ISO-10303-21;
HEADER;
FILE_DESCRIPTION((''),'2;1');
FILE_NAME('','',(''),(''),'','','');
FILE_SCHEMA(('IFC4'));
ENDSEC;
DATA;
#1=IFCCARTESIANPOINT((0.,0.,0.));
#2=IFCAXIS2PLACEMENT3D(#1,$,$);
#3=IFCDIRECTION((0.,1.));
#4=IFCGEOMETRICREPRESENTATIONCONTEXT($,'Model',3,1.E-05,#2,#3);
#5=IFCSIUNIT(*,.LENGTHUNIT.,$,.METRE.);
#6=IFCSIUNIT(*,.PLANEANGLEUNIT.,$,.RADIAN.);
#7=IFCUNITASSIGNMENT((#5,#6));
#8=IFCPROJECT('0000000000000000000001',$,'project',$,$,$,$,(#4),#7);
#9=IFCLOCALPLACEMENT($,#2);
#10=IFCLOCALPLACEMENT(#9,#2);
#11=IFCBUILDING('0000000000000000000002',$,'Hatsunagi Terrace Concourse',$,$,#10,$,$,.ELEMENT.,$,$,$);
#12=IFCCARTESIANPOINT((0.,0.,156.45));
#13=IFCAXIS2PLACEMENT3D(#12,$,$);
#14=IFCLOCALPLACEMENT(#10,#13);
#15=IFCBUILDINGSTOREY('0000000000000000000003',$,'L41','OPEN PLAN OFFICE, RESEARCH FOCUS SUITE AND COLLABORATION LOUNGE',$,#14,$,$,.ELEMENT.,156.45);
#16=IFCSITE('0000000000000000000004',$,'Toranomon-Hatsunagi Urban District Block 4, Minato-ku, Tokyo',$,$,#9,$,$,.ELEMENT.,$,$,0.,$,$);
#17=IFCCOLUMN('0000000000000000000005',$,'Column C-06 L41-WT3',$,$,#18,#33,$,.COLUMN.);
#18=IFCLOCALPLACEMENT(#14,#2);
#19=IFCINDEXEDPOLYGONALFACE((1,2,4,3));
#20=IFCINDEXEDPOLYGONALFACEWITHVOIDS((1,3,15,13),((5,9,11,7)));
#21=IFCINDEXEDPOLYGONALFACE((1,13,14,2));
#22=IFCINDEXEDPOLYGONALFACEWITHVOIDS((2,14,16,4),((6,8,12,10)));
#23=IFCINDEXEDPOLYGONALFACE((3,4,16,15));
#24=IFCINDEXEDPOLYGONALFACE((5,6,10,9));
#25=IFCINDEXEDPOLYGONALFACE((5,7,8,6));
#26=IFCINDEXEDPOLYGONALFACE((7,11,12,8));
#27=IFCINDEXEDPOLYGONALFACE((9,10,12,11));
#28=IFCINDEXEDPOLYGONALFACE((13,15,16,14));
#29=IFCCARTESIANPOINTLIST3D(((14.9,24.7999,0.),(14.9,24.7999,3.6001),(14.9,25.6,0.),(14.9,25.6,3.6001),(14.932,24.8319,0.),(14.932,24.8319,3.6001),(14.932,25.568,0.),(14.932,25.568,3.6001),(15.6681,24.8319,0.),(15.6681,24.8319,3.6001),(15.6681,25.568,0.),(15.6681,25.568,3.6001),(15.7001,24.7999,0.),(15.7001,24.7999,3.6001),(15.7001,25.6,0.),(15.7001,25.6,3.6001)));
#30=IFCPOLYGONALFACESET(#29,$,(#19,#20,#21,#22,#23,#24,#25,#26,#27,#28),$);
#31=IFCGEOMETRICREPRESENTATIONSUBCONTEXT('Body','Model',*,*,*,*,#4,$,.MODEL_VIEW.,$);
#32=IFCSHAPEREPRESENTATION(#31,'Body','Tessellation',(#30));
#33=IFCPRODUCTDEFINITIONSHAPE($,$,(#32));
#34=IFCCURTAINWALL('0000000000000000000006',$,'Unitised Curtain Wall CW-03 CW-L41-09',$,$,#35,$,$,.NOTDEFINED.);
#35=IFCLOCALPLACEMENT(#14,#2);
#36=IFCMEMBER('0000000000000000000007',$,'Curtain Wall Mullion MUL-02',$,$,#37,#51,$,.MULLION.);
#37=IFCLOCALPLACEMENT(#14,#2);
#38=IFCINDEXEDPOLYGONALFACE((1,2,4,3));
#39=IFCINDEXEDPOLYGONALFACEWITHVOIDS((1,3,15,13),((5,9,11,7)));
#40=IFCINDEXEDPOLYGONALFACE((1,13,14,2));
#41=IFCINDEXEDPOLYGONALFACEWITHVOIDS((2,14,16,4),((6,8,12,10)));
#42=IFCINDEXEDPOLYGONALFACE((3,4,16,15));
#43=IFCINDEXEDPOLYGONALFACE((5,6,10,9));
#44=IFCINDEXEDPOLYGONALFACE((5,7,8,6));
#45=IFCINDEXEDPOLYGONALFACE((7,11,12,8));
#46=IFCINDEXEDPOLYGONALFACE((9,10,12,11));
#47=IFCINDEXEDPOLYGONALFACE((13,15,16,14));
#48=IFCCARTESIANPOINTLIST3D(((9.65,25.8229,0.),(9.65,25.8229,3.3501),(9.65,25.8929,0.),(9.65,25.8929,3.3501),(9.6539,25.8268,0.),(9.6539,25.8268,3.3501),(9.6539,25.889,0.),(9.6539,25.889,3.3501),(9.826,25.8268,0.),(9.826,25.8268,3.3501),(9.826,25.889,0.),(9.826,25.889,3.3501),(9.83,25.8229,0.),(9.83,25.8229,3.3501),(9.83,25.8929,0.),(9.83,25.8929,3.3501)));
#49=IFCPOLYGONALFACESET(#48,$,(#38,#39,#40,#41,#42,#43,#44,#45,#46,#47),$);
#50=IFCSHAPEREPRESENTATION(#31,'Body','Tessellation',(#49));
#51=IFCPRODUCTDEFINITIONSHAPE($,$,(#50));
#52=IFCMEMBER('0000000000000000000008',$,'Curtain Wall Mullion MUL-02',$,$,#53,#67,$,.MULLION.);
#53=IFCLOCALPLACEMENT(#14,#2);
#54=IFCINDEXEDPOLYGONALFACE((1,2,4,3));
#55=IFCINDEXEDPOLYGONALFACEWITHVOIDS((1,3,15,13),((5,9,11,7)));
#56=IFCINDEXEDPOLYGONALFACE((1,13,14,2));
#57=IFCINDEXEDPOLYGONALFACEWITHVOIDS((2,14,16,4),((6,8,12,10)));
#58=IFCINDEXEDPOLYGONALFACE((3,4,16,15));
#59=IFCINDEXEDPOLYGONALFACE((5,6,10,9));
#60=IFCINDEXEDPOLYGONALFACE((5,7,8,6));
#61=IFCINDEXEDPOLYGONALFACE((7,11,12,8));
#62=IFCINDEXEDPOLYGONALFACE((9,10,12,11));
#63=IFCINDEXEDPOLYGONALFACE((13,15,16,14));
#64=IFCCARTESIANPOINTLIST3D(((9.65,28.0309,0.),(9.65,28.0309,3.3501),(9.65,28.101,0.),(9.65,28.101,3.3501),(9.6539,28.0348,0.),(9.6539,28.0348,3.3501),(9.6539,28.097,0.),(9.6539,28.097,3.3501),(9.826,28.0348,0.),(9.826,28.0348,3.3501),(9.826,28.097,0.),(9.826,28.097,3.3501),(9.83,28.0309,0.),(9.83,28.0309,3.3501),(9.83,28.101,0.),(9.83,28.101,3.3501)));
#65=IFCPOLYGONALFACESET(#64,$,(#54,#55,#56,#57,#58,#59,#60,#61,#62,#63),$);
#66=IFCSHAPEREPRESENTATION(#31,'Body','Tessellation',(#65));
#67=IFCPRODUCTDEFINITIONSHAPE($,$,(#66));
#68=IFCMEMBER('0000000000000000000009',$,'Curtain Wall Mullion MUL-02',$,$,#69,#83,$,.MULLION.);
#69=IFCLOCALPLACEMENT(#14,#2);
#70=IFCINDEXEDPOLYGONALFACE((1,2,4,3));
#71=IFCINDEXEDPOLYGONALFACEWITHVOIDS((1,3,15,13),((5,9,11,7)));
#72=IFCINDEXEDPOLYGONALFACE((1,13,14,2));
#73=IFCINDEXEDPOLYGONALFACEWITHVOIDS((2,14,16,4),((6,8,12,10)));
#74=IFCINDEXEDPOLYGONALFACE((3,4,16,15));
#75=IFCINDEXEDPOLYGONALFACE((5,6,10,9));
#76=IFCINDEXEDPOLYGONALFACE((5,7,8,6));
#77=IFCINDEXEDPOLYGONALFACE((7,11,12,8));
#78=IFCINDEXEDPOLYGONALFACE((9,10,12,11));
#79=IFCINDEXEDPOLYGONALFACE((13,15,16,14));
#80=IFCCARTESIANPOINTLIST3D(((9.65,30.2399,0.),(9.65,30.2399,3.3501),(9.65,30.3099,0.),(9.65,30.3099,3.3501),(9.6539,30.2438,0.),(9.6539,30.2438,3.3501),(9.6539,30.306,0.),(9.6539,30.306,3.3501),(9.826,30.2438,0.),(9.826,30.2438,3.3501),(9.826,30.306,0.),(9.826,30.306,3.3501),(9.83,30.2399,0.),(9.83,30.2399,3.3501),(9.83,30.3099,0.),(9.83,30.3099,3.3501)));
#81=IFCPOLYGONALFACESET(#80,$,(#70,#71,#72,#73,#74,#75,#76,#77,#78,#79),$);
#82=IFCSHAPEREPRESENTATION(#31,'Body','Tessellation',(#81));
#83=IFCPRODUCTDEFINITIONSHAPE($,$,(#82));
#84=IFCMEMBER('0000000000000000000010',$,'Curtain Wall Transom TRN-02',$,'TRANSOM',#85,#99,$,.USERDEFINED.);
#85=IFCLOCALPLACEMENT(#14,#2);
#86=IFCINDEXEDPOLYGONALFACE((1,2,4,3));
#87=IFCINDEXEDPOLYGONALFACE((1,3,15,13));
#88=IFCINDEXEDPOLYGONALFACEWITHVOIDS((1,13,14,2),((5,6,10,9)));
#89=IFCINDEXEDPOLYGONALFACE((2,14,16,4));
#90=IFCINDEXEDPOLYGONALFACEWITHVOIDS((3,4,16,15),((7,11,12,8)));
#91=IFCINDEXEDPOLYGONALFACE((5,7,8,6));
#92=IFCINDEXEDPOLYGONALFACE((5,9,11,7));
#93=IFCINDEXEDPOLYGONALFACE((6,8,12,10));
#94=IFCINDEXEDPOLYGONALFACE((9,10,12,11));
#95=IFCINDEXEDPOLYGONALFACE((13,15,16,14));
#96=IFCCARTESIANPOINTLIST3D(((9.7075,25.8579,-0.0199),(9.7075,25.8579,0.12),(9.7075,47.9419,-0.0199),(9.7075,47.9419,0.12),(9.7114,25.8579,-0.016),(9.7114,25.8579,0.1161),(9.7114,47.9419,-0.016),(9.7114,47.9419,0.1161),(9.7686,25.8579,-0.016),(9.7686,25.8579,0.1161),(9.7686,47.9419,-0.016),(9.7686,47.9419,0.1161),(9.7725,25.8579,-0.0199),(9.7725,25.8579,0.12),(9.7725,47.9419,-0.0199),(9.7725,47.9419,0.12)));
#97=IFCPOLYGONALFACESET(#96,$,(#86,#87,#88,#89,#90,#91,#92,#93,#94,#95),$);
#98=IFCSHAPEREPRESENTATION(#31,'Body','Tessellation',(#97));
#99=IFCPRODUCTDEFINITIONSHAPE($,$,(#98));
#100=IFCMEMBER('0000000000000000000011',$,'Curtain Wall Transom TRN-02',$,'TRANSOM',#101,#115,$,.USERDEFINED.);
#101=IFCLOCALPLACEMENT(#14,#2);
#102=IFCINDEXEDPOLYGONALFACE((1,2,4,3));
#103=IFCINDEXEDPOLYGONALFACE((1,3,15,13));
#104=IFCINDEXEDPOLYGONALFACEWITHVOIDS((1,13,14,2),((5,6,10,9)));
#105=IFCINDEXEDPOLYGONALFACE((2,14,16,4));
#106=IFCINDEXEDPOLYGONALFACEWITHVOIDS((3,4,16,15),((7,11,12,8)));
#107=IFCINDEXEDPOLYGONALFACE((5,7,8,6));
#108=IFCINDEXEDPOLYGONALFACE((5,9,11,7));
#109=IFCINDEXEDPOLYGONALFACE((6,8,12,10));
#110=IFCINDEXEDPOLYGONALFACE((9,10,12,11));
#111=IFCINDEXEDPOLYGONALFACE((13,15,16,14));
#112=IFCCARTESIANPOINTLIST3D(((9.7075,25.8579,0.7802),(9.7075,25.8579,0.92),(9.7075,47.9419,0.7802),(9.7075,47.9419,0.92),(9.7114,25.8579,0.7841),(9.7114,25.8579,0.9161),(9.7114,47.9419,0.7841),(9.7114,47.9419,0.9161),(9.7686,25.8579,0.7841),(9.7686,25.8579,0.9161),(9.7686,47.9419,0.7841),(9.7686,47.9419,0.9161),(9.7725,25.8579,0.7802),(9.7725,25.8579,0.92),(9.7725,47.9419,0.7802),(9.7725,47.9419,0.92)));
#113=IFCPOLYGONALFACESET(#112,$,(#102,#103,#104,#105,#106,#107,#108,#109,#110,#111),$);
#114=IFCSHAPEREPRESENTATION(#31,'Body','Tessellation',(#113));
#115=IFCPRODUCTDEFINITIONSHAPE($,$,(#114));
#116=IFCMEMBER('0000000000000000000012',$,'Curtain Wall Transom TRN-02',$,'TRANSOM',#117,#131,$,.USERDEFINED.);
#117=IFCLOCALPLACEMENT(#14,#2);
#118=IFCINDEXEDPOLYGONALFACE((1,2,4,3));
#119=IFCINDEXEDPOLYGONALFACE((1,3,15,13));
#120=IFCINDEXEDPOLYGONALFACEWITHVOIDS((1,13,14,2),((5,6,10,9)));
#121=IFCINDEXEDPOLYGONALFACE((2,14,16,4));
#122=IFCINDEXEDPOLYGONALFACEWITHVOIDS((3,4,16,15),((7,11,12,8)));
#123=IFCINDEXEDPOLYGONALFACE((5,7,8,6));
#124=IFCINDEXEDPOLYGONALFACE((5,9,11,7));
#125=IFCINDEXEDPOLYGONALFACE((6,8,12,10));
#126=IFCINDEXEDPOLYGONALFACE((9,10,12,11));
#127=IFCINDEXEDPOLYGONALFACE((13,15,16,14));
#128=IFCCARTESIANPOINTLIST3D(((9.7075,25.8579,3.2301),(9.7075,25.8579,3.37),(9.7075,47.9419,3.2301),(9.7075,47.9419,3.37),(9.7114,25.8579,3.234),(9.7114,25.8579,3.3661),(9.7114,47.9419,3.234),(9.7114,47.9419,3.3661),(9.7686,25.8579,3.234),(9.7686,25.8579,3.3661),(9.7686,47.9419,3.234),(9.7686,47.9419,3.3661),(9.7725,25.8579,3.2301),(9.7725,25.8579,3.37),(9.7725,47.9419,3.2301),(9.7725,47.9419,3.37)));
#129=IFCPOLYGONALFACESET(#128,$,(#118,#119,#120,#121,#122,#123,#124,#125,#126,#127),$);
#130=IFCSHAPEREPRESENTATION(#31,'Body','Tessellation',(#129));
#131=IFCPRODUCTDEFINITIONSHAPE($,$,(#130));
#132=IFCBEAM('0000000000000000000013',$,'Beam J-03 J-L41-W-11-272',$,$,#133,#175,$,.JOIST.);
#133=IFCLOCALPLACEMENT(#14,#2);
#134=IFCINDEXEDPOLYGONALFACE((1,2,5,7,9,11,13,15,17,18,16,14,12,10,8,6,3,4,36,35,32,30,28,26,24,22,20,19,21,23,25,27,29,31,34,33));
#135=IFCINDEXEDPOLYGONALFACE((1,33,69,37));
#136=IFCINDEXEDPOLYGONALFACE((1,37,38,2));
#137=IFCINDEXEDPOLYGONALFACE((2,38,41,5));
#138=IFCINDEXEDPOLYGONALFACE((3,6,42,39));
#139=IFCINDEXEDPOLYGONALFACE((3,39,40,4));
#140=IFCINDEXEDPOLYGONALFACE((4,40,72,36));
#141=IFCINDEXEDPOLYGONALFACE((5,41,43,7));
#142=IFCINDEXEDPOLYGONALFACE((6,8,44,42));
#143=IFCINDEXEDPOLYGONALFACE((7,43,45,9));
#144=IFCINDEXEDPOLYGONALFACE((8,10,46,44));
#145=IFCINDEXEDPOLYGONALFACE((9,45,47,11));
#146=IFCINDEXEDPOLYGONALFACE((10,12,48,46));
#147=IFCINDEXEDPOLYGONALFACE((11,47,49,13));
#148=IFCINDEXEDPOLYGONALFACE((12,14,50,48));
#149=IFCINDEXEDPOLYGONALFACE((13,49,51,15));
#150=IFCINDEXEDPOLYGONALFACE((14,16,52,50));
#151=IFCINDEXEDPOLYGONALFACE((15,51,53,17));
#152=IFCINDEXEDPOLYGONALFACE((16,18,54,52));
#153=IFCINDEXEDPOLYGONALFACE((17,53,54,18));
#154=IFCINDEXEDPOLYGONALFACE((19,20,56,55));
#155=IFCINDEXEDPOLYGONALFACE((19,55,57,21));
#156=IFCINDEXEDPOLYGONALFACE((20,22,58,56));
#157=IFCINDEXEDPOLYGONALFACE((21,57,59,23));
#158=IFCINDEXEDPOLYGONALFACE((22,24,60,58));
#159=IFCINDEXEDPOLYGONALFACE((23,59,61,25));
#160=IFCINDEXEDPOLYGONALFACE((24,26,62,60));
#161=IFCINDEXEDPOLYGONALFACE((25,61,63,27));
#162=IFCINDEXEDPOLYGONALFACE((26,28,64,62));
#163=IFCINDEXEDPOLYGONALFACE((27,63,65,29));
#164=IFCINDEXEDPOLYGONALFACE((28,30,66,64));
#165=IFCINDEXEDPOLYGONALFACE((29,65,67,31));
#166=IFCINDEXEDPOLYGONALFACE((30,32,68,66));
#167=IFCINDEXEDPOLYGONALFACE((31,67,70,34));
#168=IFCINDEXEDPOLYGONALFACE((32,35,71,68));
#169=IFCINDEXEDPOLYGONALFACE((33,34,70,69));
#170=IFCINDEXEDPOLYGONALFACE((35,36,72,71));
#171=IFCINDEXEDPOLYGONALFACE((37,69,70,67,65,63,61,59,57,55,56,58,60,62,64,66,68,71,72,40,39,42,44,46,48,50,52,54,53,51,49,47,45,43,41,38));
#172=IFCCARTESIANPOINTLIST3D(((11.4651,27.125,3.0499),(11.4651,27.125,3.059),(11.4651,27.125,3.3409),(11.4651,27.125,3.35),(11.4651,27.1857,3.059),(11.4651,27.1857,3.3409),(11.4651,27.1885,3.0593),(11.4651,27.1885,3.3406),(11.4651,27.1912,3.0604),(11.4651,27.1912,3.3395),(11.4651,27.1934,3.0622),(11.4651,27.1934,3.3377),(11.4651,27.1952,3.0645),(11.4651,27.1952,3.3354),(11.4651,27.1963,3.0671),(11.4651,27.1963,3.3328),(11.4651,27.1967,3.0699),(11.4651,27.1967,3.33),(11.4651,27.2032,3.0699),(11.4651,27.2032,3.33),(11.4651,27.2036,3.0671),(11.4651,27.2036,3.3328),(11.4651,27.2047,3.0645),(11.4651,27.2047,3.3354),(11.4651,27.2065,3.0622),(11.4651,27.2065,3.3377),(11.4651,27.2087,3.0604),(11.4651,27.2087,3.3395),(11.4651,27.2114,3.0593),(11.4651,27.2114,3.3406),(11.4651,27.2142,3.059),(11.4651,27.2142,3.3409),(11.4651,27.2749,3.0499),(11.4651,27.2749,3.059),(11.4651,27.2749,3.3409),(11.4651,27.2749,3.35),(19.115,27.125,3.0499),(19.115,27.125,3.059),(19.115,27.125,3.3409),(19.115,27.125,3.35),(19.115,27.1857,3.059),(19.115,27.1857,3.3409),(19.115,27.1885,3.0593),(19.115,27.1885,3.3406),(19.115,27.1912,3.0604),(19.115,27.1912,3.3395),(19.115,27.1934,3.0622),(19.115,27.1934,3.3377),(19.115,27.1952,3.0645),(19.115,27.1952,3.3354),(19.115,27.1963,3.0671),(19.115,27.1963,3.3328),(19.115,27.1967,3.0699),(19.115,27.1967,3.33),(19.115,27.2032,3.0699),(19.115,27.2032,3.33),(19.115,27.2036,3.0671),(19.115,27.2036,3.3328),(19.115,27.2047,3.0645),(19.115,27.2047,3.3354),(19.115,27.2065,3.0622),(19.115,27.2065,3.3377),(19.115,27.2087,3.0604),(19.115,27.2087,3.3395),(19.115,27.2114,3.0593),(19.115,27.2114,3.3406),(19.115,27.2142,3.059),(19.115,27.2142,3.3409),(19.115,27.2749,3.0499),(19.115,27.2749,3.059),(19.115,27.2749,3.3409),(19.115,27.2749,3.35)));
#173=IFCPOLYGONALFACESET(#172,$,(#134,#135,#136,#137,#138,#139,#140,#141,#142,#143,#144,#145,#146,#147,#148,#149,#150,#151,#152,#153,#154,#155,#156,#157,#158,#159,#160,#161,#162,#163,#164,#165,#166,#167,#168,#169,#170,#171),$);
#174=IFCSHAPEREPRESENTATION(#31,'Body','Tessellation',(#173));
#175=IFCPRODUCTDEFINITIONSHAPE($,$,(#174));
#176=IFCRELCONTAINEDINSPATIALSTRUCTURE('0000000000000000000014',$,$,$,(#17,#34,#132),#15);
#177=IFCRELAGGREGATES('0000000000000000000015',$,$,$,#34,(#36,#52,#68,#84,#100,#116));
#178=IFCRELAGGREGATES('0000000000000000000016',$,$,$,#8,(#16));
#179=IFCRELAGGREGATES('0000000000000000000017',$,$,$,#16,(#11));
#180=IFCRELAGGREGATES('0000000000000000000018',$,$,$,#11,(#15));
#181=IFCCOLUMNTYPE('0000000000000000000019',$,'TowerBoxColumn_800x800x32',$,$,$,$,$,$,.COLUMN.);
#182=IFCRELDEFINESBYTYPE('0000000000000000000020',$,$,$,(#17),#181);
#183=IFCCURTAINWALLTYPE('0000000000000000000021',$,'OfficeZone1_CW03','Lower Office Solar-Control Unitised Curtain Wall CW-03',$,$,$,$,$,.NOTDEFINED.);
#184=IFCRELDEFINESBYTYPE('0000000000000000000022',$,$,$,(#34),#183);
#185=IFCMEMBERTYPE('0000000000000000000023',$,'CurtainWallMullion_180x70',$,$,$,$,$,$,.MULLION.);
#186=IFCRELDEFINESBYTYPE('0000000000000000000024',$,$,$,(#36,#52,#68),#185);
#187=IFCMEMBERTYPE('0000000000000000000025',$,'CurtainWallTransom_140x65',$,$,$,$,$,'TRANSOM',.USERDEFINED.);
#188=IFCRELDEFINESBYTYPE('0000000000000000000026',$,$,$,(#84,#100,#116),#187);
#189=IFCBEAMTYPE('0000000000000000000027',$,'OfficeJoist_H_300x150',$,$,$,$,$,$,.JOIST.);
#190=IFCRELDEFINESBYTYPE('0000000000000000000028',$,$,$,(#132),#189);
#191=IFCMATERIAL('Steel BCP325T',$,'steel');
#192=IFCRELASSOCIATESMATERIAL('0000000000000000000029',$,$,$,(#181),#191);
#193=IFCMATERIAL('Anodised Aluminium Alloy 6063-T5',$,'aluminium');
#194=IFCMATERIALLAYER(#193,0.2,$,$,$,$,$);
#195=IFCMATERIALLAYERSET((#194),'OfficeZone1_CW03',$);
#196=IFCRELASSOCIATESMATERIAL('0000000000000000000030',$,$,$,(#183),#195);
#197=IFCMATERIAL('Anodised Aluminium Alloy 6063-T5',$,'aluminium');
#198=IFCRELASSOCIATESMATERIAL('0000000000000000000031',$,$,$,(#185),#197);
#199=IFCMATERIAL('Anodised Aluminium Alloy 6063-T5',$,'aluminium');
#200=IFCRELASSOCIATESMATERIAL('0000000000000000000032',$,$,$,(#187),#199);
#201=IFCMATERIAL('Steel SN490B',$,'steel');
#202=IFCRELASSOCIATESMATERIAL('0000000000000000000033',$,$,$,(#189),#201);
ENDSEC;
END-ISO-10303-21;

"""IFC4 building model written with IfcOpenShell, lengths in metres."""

from ifc_helpers import new_model, si_unit, direction, frame, origin, origin_2d, place, context, subcontext, project, spatial, hollow_rectangle, i_section, extrude, material, layer, layer_set, material_profile, profile_set, type_object, element, aggregate, save


model = new_model("IFC4")

# Units and contexts
model_context = context("Model", 3, precision=1e-05, world=origin(), true_north=direction((0.0, 1.0)))
body_context = subcontext(model_context, "Body", "Model", "MODEL_VIEW")
ifc_project = project(units=[si_unit("LENGTHUNIT", "METRE"), si_unit("PLANEANGLEUNIT", "RADIAN")], contexts=[model_context])

# Site, building, storey
site_placement = place(None, origin())
site = spatial("IfcSite", under=ifc_project, at=site_placement, Name="Toranomon-Hatsunagi Urban District Block 4, Minato-ku, Tokyo", CompositionType="ELEMENT", RefElevation=0.0)
building_placement = place(site_placement, origin())
building = spatial("IfcBuilding", under=site, at=building_placement, Name="Hatsunagi Terrace Concourse", CompositionType="ELEMENT")
storey_placement = place(building_placement, frame((0.0, 0.0, 156.45)))
storey = spatial("IfcBuildingStorey", under=building, at=storey_placement, Name="L41", Description="OPEN PLAN OFFICE, RESEARCH FOCUS SUITE AND COLLABORATION LOUNGE", CompositionType="ELEMENT", Elevation=156.45)

# Column
ifc_material_1 = material(Name="Steel BCP325T", Category="steel")
ifc_material_profile_1 = material_profile(ifc_material_1, hollow_rectangle(XDim=0.8, YDim=0.8, WallThickness=0.032, at=origin_2d()), Name="BCP-800x800x32")
ifc_profile_set_1 = profile_set([ifc_material_profile_1], Name="Steel BCP325T")
column_type = type_object("IfcColumnType", Name="TowerBoxColumn_800x800x32", PredefinedType="COLUMN", material=ifc_profile_set_1)
column_placement = place(storey_placement, frame((15.3, 25.2, 0.0), z_axis=(0.0, 0.0, 1.0), x_axis=(1.0, 0.0, 0.0)))
element("IfcColumn", 1, at=column_placement, inside=storey, type_object=column_type, Name="Column C-06 L41-WT3", PredefinedType="COLUMN", context=body_context, shape_type="SweptSolid", body=[
    extrude(hollow_rectangle(XDim=0.8, YDim=0.8, WallThickness=0.032, at=origin_2d()), origin(), (0.0, 0.0, 1.0), 3.6001),
])

# Curtain wall, members
ifc_material_2 = material(Name="Anodised Aluminium Alloy 6063-T5", Category="aluminium")
ifc_layer_1 = layer(ifc_material_2, 0.2)
ifc_layer_set_1 = layer_set([ifc_layer_1], Name="OfficeZone1_CW03")
curtain_wall_type = type_object("IfcCurtainWallType", Name="OfficeZone1_CW03", Description="Lower Office Solar-Control Unitised Curtain Wall CW-03", PredefinedType="NOTDEFINED", material=ifc_layer_set_1)
curtain_wall_placement = place(storey_placement, origin())
curtain_wall = element("IfcCurtainWall", 2, at=curtain_wall_placement, inside=storey, type_object=curtain_wall_type, Name="Unitised Curtain Wall CW-03 CW-L41-09", PredefinedType="NOTDEFINED")
ifc_material_3 = material(Name="Anodised Aluminium Alloy 6063-T5", Category="aluminium")
ifc_material_profile_2 = material_profile(ifc_material_3, hollow_rectangle(XDim=0.0701, YDim=0.1799, WallThickness=0.0039, at=origin_2d()), Name="ALU-MUL-180x70x4")
ifc_profile_set_2 = profile_set([ifc_material_profile_2], Name="Anodised Aluminium Alloy 6063-T5")
member_type_1 = type_object("IfcMemberType", Name="CurtainWallMullion_180x70", PredefinedType="MULLION", material=ifc_profile_set_2)
member_1_placement = place(storey_placement, frame((9.74, 25.8579, 0.0), z_axis=(0.0, 0.0, 1.0), x_axis=(0.0, 1.0, 0.0)))
member_1 = element("IfcMember", 3, at=member_1_placement, type_object=member_type_1, Name="Curtain Wall Mullion MUL-02", PredefinedType="MULLION", context=body_context, shape_type="SweptSolid", body=[
    extrude(hollow_rectangle(XDim=0.0701, YDim=0.1799, WallThickness=0.0039, at=origin_2d()), origin(), (0.0, 0.0, 1.0), 3.3501),
])
member_2_placement = place(storey_placement, frame((9.74, 28.0659, 0.0), z_axis=(0.0, 0.0, 1.0), x_axis=(0.0, 1.0, 0.0)))
member_2 = element("IfcMember", 4, at=member_2_placement, type_object=member_type_1, Name="Curtain Wall Mullion MUL-02", PredefinedType="MULLION", context=body_context, shape_type="SweptSolid", body=[
    extrude(hollow_rectangle(XDim=0.0701, YDim=0.1799, WallThickness=0.0039, at=origin_2d()), origin(), (0.0, 0.0, 1.0), 3.3501),
])
member_3_placement = place(storey_placement, frame((9.74, 30.2749, 0.0), z_axis=(0.0, 0.0, 1.0), x_axis=(0.0, 1.0, 0.0)))
member_3 = element("IfcMember", 5, at=member_3_placement, type_object=member_type_1, Name="Curtain Wall Mullion MUL-02", PredefinedType="MULLION", context=body_context, shape_type="SweptSolid", body=[
    extrude(hollow_rectangle(XDim=0.0701, YDim=0.1799, WallThickness=0.0039, at=origin_2d()), origin(), (0.0, 0.0, 1.0), 3.3501),
])
ifc_material_4 = material(Name="Anodised Aluminium Alloy 6063-T5", Category="aluminium")
ifc_material_profile_3 = material_profile(ifc_material_4, hollow_rectangle(XDim=0.0649, YDim=0.1399, WallThickness=0.0039, at=origin_2d()), Name="ALU-TRN-140x65x4")
ifc_profile_set_3 = profile_set([ifc_material_profile_3], Name="Anodised Aluminium Alloy 6063-T5")
member_type_2 = type_object("IfcMemberType", Name="CurtainWallTransom_140x65", ElementType="TRANSOM", PredefinedType="USERDEFINED", material=ifc_profile_set_3)
member_4_placement = place(storey_placement, frame((9.74, 25.8579, 0.05), z_axis=(0.0, 1.0, 0.0), x_axis=(-1.0, 0.0, 0.0)))
member_4 = element("IfcMember", 6, at=member_4_placement, type_object=member_type_2, Name="Curtain Wall Transom TRN-02", ObjectType="TRANSOM", PredefinedType="USERDEFINED", context=body_context, shape_type="SweptSolid", body=[
    extrude(hollow_rectangle(XDim=0.0649, YDim=0.1399, WallThickness=0.0039, at=origin_2d()), origin(), (0.0, 0.0, 1.0), 22.084),
])
member_5_placement = place(storey_placement, frame((9.74, 25.8579, 0.8501), z_axis=(0.0, 1.0, 0.0), x_axis=(-1.0, 0.0, 0.0)))
member_5 = element("IfcMember", 7, at=member_5_placement, type_object=member_type_2, Name="Curtain Wall Transom TRN-02", ObjectType="TRANSOM", PredefinedType="USERDEFINED", context=body_context, shape_type="SweptSolid", body=[
    extrude(hollow_rectangle(XDim=0.0649, YDim=0.1399, WallThickness=0.0039, at=origin_2d()), origin(), (0.0, 0.0, 1.0), 22.084),
])
member_6_placement = place(storey_placement, frame((9.74, 25.8579, 3.3), z_axis=(0.0, 1.0, 0.0), x_axis=(-1.0, 0.0, 0.0)))
member_6 = element("IfcMember", 8, at=member_6_placement, type_object=member_type_2, Name="Curtain Wall Transom TRN-02", ObjectType="TRANSOM", PredefinedType="USERDEFINED", context=body_context, shape_type="SweptSolid", body=[
    extrude(hollow_rectangle(XDim=0.0649, YDim=0.1399, WallThickness=0.0039, at=origin_2d()), origin(), (0.0, 0.0, 1.0), 22.084),
])

# Beam
ifc_material_5 = material(Name="Steel SN490B", Category="steel")
ifc_material_profile_4 = material_profile(ifc_material_5, i_section(OverallWidth=0.1499, OverallDepth=0.3, WebThickness=0.0066, FlangeThickness=0.009, FilletRadius=0.011, at=origin_2d()), Name="H-300x150x6.5x9")
ifc_profile_set_4 = profile_set([ifc_material_profile_4], Name="Steel SN490B")
beam_type_1 = type_object("IfcBeamType", Name="OfficeJoist_H_300x150", PredefinedType="JOIST", material=ifc_profile_set_4)
for number, where, z_axis, x_axis, name in (
    (9, (11.4651, 27.2, 3.2), (1.0, 0.0, 0.0), (0.0, 1.0, 0.0), "Beam J-03 J-L41-W-11-272"),
):
    element("IfcBeam", number, at=place(storey_placement, frame(where, z_axis=z_axis, x_axis=x_axis)), inside=storey, type_object=beam_type_1, Name=name, PredefinedType="JOIST", context=body_context, shape_type="SweptSolid", body=[
        extrude(i_section(OverallWidth=0.1499, OverallDepth=0.3, WebThickness=0.0066, FlangeThickness=0.009, FilletRadius=0.011, at=origin_2d()), origin(), (0.0, 0.0, 1.0), 7.6499),
    ])

aggregate(curtain_wall, [member_1, member_2, member_3, member_4, member_5, member_6])

save(model, "model.ifc")
